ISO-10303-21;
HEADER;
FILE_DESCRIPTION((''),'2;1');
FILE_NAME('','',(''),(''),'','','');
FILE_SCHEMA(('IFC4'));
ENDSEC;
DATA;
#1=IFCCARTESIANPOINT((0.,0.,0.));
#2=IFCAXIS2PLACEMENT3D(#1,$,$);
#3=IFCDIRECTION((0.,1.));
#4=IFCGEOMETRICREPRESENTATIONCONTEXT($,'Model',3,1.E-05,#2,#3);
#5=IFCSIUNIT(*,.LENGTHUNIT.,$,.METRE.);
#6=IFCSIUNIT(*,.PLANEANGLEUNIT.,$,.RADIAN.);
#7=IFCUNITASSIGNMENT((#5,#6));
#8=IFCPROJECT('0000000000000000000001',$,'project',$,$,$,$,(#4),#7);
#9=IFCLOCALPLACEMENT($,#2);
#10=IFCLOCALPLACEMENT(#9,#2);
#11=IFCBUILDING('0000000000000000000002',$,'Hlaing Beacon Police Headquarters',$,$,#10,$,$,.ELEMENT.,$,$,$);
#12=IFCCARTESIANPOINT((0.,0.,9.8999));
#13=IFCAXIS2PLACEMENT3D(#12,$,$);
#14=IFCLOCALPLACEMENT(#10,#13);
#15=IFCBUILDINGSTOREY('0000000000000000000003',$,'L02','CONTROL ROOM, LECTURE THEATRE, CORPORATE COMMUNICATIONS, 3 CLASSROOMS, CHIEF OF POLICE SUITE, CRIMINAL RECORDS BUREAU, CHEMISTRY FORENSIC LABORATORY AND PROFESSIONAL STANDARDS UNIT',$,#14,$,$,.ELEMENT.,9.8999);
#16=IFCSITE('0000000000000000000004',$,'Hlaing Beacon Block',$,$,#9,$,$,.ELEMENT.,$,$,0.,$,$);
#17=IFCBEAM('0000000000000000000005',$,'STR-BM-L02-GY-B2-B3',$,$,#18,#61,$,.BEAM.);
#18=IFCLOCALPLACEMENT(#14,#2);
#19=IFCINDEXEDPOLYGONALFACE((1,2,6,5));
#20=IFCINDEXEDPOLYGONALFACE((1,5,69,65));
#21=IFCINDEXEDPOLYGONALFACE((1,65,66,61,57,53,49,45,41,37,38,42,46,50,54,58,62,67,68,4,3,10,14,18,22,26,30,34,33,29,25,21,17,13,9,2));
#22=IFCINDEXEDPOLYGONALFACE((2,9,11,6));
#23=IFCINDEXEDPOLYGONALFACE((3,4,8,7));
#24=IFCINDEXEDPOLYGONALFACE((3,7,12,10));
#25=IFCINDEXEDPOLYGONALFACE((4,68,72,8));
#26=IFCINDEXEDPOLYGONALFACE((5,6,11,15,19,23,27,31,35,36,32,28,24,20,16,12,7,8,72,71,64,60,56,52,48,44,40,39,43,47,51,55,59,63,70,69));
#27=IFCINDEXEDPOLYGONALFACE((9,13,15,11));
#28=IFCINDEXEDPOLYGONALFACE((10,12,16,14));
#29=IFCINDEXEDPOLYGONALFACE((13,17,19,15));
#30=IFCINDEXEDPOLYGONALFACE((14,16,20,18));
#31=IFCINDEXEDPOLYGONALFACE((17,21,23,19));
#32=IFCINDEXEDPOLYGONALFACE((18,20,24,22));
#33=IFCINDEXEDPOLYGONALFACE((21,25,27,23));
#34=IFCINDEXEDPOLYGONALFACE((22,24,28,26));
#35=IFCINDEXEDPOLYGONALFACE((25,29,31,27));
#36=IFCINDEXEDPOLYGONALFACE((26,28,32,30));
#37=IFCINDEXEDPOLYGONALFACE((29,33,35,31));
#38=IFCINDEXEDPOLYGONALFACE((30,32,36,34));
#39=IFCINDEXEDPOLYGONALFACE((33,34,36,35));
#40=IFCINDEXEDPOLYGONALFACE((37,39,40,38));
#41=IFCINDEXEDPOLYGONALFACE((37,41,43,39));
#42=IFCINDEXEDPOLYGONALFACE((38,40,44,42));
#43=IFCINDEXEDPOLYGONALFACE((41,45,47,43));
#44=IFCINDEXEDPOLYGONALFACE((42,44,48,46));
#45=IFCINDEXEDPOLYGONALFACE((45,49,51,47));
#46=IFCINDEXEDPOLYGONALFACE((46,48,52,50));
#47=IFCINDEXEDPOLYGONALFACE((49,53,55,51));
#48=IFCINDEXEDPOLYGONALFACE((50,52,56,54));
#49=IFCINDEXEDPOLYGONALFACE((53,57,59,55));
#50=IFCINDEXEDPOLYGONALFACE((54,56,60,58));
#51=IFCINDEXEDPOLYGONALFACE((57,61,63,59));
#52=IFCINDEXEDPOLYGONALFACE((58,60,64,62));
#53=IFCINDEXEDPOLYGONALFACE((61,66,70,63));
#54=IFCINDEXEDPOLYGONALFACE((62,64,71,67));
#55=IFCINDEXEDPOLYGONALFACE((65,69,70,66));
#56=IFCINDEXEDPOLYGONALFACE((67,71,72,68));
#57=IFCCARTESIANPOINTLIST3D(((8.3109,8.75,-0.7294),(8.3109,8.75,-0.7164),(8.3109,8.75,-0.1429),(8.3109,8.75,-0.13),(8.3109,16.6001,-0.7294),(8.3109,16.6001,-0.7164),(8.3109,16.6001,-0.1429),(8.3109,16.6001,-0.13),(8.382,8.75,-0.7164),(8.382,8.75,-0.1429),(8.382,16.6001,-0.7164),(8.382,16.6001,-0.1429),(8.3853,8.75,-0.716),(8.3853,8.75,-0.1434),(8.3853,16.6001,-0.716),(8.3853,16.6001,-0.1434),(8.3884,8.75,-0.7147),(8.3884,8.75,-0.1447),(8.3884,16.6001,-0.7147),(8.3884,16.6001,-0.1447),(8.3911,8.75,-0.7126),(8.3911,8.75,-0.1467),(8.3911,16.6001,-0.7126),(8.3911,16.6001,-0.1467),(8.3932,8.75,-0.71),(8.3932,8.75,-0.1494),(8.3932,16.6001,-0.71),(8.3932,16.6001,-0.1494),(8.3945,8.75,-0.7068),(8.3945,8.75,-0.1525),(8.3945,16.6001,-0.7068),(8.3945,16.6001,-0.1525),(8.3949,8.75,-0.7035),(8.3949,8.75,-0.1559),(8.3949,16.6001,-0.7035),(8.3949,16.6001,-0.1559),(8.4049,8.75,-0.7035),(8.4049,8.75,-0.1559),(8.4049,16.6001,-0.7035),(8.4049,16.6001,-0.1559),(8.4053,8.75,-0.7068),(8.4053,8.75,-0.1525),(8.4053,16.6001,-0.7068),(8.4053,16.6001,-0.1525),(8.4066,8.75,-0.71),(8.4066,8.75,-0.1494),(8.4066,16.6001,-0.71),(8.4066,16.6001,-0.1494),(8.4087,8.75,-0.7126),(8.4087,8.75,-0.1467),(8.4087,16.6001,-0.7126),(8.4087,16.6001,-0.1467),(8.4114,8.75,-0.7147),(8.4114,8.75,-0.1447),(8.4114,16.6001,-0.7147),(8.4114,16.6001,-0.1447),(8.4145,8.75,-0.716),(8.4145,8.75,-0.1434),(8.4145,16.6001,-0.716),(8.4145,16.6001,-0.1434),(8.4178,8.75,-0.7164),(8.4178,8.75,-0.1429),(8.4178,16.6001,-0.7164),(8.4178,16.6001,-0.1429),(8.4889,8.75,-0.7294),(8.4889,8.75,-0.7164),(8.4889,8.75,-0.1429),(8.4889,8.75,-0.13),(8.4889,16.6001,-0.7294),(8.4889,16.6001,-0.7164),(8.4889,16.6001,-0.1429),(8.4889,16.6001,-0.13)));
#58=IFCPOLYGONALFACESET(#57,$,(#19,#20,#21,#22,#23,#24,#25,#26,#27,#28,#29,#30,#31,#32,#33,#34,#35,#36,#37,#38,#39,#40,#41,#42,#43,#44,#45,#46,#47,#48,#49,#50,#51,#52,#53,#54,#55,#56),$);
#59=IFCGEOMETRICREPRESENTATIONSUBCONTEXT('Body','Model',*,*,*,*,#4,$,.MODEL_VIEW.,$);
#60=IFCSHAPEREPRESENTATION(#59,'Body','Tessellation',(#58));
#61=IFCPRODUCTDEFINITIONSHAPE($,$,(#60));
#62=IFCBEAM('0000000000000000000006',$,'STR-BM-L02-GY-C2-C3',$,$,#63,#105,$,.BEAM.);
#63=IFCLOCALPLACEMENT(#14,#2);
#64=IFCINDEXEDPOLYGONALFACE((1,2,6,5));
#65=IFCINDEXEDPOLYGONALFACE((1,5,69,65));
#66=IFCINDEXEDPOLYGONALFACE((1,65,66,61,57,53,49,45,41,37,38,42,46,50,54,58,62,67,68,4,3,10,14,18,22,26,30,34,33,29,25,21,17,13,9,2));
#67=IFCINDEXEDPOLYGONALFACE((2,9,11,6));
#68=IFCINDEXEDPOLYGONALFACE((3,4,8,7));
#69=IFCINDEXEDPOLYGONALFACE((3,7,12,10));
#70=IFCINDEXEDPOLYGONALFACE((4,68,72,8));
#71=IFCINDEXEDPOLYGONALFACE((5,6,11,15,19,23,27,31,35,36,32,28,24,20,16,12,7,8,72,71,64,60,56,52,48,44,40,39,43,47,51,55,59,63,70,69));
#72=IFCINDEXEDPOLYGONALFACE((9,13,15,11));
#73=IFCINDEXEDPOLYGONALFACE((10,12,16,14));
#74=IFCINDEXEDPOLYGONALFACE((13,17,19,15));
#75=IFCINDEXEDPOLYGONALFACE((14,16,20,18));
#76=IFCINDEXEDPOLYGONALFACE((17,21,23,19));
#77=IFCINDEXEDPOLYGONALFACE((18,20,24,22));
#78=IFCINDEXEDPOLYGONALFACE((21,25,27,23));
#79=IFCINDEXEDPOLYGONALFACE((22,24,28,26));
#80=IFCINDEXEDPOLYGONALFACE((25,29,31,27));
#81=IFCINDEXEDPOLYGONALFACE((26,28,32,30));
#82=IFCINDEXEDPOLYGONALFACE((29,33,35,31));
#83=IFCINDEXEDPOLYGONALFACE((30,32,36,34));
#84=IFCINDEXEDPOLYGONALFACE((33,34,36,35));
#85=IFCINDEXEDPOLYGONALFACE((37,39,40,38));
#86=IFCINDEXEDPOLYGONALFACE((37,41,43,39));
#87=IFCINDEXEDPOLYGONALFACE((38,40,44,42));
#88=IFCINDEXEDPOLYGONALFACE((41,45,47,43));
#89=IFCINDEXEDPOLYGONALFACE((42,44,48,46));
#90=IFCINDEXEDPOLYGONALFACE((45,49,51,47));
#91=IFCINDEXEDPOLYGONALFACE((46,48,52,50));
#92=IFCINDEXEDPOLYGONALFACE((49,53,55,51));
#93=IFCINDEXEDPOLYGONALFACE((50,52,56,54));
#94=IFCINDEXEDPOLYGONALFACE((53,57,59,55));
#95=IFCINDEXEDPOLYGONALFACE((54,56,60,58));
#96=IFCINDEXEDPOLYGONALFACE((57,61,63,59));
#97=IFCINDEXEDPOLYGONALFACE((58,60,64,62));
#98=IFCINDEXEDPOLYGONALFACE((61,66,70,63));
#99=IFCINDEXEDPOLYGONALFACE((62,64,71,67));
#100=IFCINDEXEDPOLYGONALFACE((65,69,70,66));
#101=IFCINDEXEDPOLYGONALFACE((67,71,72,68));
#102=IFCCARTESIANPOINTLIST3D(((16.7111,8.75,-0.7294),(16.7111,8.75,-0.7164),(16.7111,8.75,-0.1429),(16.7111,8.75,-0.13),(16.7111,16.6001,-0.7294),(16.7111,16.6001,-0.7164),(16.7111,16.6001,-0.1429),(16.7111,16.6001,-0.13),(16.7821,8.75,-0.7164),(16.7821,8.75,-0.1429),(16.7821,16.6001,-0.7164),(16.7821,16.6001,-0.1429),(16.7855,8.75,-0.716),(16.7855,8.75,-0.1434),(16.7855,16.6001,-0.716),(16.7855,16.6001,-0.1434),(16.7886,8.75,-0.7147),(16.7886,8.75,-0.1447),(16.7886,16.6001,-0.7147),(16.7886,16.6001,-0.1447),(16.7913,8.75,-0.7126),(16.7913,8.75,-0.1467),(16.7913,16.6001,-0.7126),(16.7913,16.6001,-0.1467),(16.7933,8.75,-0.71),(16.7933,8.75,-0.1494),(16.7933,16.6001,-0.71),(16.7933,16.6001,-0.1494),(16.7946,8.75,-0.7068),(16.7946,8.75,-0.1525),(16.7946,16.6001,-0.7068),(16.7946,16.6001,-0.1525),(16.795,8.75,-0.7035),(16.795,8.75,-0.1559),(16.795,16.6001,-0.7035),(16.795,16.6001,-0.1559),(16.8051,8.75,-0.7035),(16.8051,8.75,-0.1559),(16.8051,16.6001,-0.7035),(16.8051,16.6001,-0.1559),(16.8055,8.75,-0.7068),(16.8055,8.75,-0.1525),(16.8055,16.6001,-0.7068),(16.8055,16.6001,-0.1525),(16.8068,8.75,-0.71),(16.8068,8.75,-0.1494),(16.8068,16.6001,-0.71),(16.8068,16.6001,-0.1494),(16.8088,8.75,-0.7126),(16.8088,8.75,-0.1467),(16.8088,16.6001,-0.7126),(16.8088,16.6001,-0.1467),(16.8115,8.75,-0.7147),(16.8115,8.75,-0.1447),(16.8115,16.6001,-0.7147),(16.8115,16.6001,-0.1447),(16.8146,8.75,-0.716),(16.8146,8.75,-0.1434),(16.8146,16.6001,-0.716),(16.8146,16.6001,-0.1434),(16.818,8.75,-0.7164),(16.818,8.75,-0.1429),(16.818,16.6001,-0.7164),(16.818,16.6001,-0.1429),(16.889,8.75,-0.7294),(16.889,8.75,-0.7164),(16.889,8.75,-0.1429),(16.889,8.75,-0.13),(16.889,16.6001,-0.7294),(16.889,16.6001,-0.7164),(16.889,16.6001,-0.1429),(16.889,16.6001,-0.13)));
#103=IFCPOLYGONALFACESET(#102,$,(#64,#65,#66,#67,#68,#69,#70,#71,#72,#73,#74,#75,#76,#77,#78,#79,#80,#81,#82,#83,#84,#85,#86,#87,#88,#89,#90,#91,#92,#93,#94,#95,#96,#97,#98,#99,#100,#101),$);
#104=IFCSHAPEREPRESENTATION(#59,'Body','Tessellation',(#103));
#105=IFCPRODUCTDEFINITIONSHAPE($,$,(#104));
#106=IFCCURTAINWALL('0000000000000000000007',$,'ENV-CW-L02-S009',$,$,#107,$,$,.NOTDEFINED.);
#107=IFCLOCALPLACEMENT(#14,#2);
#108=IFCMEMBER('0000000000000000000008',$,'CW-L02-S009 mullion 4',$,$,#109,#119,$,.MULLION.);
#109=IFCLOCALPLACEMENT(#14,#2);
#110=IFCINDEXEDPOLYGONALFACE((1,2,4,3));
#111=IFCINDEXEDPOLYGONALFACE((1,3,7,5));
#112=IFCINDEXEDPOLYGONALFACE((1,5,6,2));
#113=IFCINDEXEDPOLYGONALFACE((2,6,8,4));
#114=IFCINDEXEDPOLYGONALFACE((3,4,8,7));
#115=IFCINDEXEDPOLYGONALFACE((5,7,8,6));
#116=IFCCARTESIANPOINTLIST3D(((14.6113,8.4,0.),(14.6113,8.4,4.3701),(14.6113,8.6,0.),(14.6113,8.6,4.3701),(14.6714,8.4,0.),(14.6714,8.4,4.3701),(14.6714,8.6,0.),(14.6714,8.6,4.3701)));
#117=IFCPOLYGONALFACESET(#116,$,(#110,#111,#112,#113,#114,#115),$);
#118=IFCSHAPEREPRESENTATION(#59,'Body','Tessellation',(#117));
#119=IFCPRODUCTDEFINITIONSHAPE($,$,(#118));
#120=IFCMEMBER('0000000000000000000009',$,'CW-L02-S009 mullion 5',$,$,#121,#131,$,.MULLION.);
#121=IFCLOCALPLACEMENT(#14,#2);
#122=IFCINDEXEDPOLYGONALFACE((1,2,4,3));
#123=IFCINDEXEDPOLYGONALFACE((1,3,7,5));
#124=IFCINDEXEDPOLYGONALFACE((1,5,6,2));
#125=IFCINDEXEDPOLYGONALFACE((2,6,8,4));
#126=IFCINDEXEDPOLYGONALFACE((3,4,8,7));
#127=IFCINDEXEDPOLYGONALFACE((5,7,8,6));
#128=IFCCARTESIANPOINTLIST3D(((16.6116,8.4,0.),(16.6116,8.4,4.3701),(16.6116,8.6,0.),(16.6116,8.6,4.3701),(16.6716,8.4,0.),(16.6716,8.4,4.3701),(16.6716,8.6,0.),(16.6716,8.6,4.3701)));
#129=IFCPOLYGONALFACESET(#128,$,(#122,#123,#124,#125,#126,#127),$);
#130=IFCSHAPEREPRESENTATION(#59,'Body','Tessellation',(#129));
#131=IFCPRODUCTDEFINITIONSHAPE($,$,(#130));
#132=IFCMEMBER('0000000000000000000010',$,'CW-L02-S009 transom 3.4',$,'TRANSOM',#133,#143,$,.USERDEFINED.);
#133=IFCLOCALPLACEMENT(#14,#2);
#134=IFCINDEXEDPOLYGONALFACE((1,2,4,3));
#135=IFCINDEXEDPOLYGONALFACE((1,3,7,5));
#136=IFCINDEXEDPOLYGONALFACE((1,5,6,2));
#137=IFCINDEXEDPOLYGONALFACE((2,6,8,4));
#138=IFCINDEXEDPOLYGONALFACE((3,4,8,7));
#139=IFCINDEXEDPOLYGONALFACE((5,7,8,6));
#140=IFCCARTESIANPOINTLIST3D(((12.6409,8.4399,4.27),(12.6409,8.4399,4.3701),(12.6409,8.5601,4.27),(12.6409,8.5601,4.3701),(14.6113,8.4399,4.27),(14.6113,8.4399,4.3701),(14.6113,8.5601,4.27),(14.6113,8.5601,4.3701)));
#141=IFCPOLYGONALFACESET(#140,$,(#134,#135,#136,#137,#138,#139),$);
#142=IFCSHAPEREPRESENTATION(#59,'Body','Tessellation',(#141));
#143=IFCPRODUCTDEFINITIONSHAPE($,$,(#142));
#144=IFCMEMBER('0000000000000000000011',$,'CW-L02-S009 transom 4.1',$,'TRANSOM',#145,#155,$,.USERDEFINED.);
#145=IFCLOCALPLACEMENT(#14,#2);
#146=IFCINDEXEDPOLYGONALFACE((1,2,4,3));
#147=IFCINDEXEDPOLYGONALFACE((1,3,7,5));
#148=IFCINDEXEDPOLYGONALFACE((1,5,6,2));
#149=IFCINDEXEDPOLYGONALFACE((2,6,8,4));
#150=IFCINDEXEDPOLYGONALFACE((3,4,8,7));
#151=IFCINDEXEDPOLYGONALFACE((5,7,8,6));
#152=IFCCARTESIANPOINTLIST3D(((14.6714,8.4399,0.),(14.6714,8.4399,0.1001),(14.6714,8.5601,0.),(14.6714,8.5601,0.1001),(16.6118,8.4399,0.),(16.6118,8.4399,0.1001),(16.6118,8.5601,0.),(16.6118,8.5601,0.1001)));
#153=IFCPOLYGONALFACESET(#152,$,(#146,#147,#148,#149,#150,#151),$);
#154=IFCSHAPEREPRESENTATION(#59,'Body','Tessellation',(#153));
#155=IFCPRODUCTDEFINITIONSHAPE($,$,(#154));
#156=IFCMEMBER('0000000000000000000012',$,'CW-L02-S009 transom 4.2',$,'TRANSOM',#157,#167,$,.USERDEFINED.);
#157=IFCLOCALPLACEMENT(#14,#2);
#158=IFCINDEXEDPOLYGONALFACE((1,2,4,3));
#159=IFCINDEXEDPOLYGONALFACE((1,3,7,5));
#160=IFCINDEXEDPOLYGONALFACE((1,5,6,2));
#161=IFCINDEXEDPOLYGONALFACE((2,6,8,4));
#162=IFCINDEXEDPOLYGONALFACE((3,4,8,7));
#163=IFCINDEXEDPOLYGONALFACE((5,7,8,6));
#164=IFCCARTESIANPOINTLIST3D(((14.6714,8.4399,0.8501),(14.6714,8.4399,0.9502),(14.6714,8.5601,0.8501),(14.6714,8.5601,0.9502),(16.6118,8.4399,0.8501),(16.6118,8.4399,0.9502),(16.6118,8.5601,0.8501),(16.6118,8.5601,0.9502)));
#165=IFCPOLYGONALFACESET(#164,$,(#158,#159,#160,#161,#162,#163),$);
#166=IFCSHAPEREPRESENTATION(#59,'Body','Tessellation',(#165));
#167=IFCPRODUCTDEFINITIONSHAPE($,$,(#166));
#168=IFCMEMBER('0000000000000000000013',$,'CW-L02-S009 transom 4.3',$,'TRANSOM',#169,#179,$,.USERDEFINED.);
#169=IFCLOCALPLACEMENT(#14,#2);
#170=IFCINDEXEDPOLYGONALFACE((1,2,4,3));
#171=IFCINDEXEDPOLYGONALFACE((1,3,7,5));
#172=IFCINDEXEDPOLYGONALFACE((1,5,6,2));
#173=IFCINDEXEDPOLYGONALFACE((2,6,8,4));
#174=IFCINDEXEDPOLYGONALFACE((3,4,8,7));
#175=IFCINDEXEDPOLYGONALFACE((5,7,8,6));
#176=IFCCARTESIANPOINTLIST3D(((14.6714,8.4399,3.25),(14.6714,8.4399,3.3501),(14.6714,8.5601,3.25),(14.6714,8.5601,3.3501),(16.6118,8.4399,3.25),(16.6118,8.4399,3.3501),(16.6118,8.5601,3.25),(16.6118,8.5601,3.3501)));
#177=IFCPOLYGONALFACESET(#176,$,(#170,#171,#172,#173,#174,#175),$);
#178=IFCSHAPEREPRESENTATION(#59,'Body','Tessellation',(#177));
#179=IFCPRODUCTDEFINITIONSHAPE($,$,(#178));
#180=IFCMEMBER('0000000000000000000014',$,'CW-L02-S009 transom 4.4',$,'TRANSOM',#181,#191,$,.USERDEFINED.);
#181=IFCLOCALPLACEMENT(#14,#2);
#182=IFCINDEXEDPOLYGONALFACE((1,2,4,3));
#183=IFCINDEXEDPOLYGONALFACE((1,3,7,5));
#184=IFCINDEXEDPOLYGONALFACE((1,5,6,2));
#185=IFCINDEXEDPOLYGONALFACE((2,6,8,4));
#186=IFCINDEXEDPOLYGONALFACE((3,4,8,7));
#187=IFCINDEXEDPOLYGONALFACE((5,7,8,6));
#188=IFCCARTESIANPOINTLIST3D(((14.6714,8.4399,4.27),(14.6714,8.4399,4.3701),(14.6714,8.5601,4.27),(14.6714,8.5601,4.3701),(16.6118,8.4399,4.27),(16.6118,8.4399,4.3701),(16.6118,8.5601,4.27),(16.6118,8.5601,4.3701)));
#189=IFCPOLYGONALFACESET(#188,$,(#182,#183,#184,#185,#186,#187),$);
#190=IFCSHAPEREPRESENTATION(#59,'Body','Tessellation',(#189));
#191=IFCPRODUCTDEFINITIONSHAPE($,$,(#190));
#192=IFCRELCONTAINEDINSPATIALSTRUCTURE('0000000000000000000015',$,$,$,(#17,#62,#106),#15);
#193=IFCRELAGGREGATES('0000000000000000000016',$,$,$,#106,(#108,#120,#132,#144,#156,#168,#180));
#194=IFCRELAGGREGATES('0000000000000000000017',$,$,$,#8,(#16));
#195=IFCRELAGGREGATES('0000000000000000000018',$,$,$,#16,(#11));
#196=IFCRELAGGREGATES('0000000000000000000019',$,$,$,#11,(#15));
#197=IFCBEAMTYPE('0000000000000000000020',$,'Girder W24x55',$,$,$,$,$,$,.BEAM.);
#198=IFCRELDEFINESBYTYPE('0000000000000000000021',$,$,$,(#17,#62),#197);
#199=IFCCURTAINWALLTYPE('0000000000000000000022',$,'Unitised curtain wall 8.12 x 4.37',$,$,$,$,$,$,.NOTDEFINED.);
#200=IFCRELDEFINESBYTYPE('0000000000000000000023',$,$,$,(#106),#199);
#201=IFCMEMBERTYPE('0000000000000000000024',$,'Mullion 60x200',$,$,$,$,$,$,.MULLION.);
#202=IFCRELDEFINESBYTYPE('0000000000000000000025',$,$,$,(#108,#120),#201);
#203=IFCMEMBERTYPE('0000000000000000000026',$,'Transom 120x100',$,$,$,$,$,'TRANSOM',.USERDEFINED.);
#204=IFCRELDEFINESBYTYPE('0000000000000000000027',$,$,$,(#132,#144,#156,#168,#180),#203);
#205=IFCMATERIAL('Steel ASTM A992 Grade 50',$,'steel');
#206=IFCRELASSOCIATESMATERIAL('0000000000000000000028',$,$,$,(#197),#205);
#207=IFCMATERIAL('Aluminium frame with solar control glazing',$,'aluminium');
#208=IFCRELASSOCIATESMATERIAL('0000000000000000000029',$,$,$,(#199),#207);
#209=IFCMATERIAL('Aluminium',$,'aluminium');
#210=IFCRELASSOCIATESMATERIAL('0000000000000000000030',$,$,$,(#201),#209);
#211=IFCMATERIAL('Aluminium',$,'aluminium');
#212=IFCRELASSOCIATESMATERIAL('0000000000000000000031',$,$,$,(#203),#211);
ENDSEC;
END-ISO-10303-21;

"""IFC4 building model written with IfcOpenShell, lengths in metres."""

from ifc_helpers import new_model, si_unit, direction, frame, origin, origin_2d, place, context, subcontext, project, spatial, rectangle, i_section, extrude, material, material_profile, profile_set, type_object, element, aggregate, save


model = new_model("IFC4")

# Units and contexts
model_context = context("Model", 3, precision=1e-05, world=origin(), true_north=direction((0.0, 1.0)))
body_context = subcontext(model_context, "Body", "Model", "MODEL_VIEW")
ifc_project = project(units=[si_unit("LENGTHUNIT", "METRE"), si_unit("PLANEANGLEUNIT", "RADIAN")], contexts=[model_context])

# Site, building, storey
site_placement = place(None, origin())
site = spatial("IfcSite", under=ifc_project, at=site_placement, Name="Hlaing Beacon Block", CompositionType="ELEMENT", RefElevation=0.0)
building_placement = place(site_placement, origin())
building = spatial("IfcBuilding", under=site, at=building_placement, Name="Hlaing Beacon Police Headquarters", CompositionType="ELEMENT")
storey_placement = place(building_placement, frame((0.0, 0.0, 9.8999)))
storey = spatial("IfcBuildingStorey", under=building, at=storey_placement, Name="L02", Description="CONTROL ROOM, LECTURE THEATRE, CORPORATE COMMUNICATIONS, 3 CLASSROOMS, CHIEF OF POLICE SUITE, CRIMINAL RECORDS BUREAU, CHEMISTRY FORENSIC LABORATORY AND PROFESSIONAL STANDARDS UNIT", CompositionType="ELEMENT", Elevation=9.8999)

# Beams
ifc_material_1 = material(Name="Steel ASTM A992 Grade 50", Category="steel")
ifc_material_profile_1 = material_profile(ifc_material_1, i_section(OverallWidth=0.178, OverallDepth=0.5994, WebThickness=0.01, FlangeThickness=0.0129, FilletRadius=0.0129, at=origin_2d()), Name="W24x55")
ifc_profile_set_1 = profile_set([ifc_material_profile_1], Name="Steel ASTM A992 Grade 50")
beam_type = type_object("IfcBeamType", Name="Girder W24x55", PredefinedType="BEAM", material=ifc_profile_set_1)
for number, where, z_axis, x_axis, name in (
    (1, (8.3999, 8.75, -0.4297), (0.0, 1.0, 0.0), (-1.0, 0.0, 0.0), "STR-BM-L02-GY-B2-B3"),
    (2, (16.8, 8.75, -0.4297), (0.0, 1.0, 0.0), (-1.0, 0.0, 0.0), "STR-BM-L02-GY-C2-C3"),
):
    element("IfcBeam", number, at=place(storey_placement, frame(where, z_axis=z_axis, x_axis=x_axis)), inside=storey, type_object=beam_type, Name=name, PredefinedType="BEAM", context=body_context, shape_type="SweptSolid", body=[
        extrude(i_section(OverallWidth=0.178, OverallDepth=0.5994, WebThickness=0.01, FlangeThickness=0.0129, FilletRadius=0.0129, at=origin_2d()), origin(), (0.0, 0.0, 1.0), 7.8501),
    ])

# Curtain wall, members
ifc_material_2 = material(Name="Aluminium frame with solar control glazing", Category="aluminium")
curtain_wall_type = type_object("IfcCurtainWallType", Name="Unitised curtain wall 8.12 x 4.37", PredefinedType="NOTDEFINED", material=ifc_material_2)
curtain_wall_placement = place(storey_placement, origin())
curtain_wall = element("IfcCurtainWall", 3, at=curtain_wall_placement, inside=storey, type_object=curtain_wall_type, Name="ENV-CW-L02-S009", PredefinedType="NOTDEFINED")
ifc_material_3 = material(Name="Aluminium", Category="aluminium")
ifc_material_profile_2 = material_profile(ifc_material_3, rectangle(XDim=0.2, YDim=0.0601, at=origin_2d()), Name="Mullion 60x200")
ifc_profile_set_2 = profile_set([ifc_material_profile_2], Name="Aluminium")
member_type_1 = type_object("IfcMemberType", Name="Mullion 60x200", PredefinedType="MULLION", material=ifc_profile_set_2)
member_1_placement = place(storey_placement, frame((14.6414, 8.5, 0.0), z_axis=(0.0, 0.0, 1.0), x_axis=(0.0, 1.0, 0.0)))
member_1 = element("IfcMember", 4, at=member_1_placement, type_object=member_type_1, Name="CW-L02-S009 mullion 4", PredefinedType="MULLION", context=body_context, shape_type="SweptSolid", body=[
    extrude(rectangle(XDim=0.2, YDim=0.0601, at=origin_2d()), origin(), (0.0, 0.0, 1.0), 4.3701),
])
member_2_placement = place(storey_placement, frame((16.6416, 8.5, 0.0), z_axis=(0.0, 0.0, 1.0), x_axis=(0.0, 1.0, 0.0)))
member_2 = element("IfcMember", 5, at=member_2_placement, type_object=member_type_1, Name="CW-L02-S009 mullion 5", PredefinedType="MULLION", context=body_context, shape_type="SweptSolid", body=[
    extrude(rectangle(XDim=0.2, YDim=0.0601, at=origin_2d()), origin(), (0.0, 0.0, 1.0), 4.3701),
])
ifc_material_4 = material(Name="Aluminium", Category="aluminium")
ifc_material_profile_3 = material_profile(ifc_material_4, rectangle(XDim=0.1201, YDim=0.1001, at=origin_2d()), Name="Transom 120x100")
ifc_profile_set_3 = profile_set([ifc_material_profile_3], Name="Aluminium")
member_type_2 = type_object("IfcMemberType", Name="Transom 120x100", ElementType="TRANSOM", PredefinedType="USERDEFINED", material=ifc_profile_set_3)
member_3_placement = place(storey_placement, frame((12.6409, 8.5, 4.3201), z_axis=(1.0, 0.0, 0.0), x_axis=(0.0, 1.0, 0.0)))
member_3 = element("IfcMember", 6, at=member_3_placement, type_object=member_type_2, Name="CW-L02-S009 transom 3.4", ObjectType="TRANSOM", PredefinedType="USERDEFINED", context=body_context, shape_type="SweptSolid", body=[
    extrude(rectangle(XDim=0.1201, YDim=0.1001, at=origin_2d()), origin(), (0.0, 0.0, 1.0), 1.9705),
])
member_4_placement = place(storey_placement, frame((14.6714, 8.5, 0.05), z_axis=(1.0, 0.0, 0.0), x_axis=(0.0, 1.0, 0.0)))
member_4 = element("IfcMember", 7, at=member_4_placement, type_object=member_type_2, Name="CW-L02-S009 transom 4.1", ObjectType="TRANSOM", PredefinedType="USERDEFINED", context=body_context, shape_type="SweptSolid", body=[
    extrude(rectangle(XDim=0.1201, YDim=0.1001, at=origin_2d()), origin(), (0.0, 0.0, 1.0), 1.9404),
])
member_5_placement = place(storey_placement, frame((14.6714, 8.5, 0.9001), z_axis=(1.0, 0.0, 0.0), x_axis=(0.0, 1.0, 0.0)))
member_5 = element("IfcMember", 8, at=member_5_placement, type_object=member_type_2, Name="CW-L02-S009 transom 4.2", ObjectType="TRANSOM", PredefinedType="USERDEFINED", context=body_context, shape_type="SweptSolid", body=[
    extrude(rectangle(XDim=0.1201, YDim=0.1001, at=origin_2d()), origin(), (0.0, 0.0, 1.0), 1.9404),
])
member_6_placement = place(storey_placement, frame((14.6714, 8.5, 3.3), z_axis=(1.0, 0.0, 0.0), x_axis=(0.0, 1.0, 0.0)))
member_6 = element("IfcMember", 9, at=member_6_placement, type_object=member_type_2, Name="CW-L02-S009 transom 4.3", ObjectType="TRANSOM", PredefinedType="USERDEFINED", context=body_context, shape_type="SweptSolid", body=[
    extrude(rectangle(XDim=0.1201, YDim=0.1001, at=origin_2d()), origin(), (0.0, 0.0, 1.0), 1.9404),
])
member_7_placement = place(storey_placement, frame((14.6714, 8.5, 4.3201), z_axis=(1.0, 0.0, 0.0), x_axis=(0.0, 1.0, 0.0)))
member_7 = element("IfcMember", 10, at=member_7_placement, type_object=member_type_2, Name="CW-L02-S009 transom 4.4", ObjectType="TRANSOM", PredefinedType="USERDEFINED", context=body_context, shape_type="SweptSolid", body=[
    extrude(rectangle(XDim=0.1201, YDim=0.1001, at=origin_2d()), origin(), (0.0, 0.0, 1.0), 1.9404),
])
aggregate(curtain_wall, [member_1, member_2, member_3, member_4, member_5, member_6, member_7])

save(model, "model.ifc")
